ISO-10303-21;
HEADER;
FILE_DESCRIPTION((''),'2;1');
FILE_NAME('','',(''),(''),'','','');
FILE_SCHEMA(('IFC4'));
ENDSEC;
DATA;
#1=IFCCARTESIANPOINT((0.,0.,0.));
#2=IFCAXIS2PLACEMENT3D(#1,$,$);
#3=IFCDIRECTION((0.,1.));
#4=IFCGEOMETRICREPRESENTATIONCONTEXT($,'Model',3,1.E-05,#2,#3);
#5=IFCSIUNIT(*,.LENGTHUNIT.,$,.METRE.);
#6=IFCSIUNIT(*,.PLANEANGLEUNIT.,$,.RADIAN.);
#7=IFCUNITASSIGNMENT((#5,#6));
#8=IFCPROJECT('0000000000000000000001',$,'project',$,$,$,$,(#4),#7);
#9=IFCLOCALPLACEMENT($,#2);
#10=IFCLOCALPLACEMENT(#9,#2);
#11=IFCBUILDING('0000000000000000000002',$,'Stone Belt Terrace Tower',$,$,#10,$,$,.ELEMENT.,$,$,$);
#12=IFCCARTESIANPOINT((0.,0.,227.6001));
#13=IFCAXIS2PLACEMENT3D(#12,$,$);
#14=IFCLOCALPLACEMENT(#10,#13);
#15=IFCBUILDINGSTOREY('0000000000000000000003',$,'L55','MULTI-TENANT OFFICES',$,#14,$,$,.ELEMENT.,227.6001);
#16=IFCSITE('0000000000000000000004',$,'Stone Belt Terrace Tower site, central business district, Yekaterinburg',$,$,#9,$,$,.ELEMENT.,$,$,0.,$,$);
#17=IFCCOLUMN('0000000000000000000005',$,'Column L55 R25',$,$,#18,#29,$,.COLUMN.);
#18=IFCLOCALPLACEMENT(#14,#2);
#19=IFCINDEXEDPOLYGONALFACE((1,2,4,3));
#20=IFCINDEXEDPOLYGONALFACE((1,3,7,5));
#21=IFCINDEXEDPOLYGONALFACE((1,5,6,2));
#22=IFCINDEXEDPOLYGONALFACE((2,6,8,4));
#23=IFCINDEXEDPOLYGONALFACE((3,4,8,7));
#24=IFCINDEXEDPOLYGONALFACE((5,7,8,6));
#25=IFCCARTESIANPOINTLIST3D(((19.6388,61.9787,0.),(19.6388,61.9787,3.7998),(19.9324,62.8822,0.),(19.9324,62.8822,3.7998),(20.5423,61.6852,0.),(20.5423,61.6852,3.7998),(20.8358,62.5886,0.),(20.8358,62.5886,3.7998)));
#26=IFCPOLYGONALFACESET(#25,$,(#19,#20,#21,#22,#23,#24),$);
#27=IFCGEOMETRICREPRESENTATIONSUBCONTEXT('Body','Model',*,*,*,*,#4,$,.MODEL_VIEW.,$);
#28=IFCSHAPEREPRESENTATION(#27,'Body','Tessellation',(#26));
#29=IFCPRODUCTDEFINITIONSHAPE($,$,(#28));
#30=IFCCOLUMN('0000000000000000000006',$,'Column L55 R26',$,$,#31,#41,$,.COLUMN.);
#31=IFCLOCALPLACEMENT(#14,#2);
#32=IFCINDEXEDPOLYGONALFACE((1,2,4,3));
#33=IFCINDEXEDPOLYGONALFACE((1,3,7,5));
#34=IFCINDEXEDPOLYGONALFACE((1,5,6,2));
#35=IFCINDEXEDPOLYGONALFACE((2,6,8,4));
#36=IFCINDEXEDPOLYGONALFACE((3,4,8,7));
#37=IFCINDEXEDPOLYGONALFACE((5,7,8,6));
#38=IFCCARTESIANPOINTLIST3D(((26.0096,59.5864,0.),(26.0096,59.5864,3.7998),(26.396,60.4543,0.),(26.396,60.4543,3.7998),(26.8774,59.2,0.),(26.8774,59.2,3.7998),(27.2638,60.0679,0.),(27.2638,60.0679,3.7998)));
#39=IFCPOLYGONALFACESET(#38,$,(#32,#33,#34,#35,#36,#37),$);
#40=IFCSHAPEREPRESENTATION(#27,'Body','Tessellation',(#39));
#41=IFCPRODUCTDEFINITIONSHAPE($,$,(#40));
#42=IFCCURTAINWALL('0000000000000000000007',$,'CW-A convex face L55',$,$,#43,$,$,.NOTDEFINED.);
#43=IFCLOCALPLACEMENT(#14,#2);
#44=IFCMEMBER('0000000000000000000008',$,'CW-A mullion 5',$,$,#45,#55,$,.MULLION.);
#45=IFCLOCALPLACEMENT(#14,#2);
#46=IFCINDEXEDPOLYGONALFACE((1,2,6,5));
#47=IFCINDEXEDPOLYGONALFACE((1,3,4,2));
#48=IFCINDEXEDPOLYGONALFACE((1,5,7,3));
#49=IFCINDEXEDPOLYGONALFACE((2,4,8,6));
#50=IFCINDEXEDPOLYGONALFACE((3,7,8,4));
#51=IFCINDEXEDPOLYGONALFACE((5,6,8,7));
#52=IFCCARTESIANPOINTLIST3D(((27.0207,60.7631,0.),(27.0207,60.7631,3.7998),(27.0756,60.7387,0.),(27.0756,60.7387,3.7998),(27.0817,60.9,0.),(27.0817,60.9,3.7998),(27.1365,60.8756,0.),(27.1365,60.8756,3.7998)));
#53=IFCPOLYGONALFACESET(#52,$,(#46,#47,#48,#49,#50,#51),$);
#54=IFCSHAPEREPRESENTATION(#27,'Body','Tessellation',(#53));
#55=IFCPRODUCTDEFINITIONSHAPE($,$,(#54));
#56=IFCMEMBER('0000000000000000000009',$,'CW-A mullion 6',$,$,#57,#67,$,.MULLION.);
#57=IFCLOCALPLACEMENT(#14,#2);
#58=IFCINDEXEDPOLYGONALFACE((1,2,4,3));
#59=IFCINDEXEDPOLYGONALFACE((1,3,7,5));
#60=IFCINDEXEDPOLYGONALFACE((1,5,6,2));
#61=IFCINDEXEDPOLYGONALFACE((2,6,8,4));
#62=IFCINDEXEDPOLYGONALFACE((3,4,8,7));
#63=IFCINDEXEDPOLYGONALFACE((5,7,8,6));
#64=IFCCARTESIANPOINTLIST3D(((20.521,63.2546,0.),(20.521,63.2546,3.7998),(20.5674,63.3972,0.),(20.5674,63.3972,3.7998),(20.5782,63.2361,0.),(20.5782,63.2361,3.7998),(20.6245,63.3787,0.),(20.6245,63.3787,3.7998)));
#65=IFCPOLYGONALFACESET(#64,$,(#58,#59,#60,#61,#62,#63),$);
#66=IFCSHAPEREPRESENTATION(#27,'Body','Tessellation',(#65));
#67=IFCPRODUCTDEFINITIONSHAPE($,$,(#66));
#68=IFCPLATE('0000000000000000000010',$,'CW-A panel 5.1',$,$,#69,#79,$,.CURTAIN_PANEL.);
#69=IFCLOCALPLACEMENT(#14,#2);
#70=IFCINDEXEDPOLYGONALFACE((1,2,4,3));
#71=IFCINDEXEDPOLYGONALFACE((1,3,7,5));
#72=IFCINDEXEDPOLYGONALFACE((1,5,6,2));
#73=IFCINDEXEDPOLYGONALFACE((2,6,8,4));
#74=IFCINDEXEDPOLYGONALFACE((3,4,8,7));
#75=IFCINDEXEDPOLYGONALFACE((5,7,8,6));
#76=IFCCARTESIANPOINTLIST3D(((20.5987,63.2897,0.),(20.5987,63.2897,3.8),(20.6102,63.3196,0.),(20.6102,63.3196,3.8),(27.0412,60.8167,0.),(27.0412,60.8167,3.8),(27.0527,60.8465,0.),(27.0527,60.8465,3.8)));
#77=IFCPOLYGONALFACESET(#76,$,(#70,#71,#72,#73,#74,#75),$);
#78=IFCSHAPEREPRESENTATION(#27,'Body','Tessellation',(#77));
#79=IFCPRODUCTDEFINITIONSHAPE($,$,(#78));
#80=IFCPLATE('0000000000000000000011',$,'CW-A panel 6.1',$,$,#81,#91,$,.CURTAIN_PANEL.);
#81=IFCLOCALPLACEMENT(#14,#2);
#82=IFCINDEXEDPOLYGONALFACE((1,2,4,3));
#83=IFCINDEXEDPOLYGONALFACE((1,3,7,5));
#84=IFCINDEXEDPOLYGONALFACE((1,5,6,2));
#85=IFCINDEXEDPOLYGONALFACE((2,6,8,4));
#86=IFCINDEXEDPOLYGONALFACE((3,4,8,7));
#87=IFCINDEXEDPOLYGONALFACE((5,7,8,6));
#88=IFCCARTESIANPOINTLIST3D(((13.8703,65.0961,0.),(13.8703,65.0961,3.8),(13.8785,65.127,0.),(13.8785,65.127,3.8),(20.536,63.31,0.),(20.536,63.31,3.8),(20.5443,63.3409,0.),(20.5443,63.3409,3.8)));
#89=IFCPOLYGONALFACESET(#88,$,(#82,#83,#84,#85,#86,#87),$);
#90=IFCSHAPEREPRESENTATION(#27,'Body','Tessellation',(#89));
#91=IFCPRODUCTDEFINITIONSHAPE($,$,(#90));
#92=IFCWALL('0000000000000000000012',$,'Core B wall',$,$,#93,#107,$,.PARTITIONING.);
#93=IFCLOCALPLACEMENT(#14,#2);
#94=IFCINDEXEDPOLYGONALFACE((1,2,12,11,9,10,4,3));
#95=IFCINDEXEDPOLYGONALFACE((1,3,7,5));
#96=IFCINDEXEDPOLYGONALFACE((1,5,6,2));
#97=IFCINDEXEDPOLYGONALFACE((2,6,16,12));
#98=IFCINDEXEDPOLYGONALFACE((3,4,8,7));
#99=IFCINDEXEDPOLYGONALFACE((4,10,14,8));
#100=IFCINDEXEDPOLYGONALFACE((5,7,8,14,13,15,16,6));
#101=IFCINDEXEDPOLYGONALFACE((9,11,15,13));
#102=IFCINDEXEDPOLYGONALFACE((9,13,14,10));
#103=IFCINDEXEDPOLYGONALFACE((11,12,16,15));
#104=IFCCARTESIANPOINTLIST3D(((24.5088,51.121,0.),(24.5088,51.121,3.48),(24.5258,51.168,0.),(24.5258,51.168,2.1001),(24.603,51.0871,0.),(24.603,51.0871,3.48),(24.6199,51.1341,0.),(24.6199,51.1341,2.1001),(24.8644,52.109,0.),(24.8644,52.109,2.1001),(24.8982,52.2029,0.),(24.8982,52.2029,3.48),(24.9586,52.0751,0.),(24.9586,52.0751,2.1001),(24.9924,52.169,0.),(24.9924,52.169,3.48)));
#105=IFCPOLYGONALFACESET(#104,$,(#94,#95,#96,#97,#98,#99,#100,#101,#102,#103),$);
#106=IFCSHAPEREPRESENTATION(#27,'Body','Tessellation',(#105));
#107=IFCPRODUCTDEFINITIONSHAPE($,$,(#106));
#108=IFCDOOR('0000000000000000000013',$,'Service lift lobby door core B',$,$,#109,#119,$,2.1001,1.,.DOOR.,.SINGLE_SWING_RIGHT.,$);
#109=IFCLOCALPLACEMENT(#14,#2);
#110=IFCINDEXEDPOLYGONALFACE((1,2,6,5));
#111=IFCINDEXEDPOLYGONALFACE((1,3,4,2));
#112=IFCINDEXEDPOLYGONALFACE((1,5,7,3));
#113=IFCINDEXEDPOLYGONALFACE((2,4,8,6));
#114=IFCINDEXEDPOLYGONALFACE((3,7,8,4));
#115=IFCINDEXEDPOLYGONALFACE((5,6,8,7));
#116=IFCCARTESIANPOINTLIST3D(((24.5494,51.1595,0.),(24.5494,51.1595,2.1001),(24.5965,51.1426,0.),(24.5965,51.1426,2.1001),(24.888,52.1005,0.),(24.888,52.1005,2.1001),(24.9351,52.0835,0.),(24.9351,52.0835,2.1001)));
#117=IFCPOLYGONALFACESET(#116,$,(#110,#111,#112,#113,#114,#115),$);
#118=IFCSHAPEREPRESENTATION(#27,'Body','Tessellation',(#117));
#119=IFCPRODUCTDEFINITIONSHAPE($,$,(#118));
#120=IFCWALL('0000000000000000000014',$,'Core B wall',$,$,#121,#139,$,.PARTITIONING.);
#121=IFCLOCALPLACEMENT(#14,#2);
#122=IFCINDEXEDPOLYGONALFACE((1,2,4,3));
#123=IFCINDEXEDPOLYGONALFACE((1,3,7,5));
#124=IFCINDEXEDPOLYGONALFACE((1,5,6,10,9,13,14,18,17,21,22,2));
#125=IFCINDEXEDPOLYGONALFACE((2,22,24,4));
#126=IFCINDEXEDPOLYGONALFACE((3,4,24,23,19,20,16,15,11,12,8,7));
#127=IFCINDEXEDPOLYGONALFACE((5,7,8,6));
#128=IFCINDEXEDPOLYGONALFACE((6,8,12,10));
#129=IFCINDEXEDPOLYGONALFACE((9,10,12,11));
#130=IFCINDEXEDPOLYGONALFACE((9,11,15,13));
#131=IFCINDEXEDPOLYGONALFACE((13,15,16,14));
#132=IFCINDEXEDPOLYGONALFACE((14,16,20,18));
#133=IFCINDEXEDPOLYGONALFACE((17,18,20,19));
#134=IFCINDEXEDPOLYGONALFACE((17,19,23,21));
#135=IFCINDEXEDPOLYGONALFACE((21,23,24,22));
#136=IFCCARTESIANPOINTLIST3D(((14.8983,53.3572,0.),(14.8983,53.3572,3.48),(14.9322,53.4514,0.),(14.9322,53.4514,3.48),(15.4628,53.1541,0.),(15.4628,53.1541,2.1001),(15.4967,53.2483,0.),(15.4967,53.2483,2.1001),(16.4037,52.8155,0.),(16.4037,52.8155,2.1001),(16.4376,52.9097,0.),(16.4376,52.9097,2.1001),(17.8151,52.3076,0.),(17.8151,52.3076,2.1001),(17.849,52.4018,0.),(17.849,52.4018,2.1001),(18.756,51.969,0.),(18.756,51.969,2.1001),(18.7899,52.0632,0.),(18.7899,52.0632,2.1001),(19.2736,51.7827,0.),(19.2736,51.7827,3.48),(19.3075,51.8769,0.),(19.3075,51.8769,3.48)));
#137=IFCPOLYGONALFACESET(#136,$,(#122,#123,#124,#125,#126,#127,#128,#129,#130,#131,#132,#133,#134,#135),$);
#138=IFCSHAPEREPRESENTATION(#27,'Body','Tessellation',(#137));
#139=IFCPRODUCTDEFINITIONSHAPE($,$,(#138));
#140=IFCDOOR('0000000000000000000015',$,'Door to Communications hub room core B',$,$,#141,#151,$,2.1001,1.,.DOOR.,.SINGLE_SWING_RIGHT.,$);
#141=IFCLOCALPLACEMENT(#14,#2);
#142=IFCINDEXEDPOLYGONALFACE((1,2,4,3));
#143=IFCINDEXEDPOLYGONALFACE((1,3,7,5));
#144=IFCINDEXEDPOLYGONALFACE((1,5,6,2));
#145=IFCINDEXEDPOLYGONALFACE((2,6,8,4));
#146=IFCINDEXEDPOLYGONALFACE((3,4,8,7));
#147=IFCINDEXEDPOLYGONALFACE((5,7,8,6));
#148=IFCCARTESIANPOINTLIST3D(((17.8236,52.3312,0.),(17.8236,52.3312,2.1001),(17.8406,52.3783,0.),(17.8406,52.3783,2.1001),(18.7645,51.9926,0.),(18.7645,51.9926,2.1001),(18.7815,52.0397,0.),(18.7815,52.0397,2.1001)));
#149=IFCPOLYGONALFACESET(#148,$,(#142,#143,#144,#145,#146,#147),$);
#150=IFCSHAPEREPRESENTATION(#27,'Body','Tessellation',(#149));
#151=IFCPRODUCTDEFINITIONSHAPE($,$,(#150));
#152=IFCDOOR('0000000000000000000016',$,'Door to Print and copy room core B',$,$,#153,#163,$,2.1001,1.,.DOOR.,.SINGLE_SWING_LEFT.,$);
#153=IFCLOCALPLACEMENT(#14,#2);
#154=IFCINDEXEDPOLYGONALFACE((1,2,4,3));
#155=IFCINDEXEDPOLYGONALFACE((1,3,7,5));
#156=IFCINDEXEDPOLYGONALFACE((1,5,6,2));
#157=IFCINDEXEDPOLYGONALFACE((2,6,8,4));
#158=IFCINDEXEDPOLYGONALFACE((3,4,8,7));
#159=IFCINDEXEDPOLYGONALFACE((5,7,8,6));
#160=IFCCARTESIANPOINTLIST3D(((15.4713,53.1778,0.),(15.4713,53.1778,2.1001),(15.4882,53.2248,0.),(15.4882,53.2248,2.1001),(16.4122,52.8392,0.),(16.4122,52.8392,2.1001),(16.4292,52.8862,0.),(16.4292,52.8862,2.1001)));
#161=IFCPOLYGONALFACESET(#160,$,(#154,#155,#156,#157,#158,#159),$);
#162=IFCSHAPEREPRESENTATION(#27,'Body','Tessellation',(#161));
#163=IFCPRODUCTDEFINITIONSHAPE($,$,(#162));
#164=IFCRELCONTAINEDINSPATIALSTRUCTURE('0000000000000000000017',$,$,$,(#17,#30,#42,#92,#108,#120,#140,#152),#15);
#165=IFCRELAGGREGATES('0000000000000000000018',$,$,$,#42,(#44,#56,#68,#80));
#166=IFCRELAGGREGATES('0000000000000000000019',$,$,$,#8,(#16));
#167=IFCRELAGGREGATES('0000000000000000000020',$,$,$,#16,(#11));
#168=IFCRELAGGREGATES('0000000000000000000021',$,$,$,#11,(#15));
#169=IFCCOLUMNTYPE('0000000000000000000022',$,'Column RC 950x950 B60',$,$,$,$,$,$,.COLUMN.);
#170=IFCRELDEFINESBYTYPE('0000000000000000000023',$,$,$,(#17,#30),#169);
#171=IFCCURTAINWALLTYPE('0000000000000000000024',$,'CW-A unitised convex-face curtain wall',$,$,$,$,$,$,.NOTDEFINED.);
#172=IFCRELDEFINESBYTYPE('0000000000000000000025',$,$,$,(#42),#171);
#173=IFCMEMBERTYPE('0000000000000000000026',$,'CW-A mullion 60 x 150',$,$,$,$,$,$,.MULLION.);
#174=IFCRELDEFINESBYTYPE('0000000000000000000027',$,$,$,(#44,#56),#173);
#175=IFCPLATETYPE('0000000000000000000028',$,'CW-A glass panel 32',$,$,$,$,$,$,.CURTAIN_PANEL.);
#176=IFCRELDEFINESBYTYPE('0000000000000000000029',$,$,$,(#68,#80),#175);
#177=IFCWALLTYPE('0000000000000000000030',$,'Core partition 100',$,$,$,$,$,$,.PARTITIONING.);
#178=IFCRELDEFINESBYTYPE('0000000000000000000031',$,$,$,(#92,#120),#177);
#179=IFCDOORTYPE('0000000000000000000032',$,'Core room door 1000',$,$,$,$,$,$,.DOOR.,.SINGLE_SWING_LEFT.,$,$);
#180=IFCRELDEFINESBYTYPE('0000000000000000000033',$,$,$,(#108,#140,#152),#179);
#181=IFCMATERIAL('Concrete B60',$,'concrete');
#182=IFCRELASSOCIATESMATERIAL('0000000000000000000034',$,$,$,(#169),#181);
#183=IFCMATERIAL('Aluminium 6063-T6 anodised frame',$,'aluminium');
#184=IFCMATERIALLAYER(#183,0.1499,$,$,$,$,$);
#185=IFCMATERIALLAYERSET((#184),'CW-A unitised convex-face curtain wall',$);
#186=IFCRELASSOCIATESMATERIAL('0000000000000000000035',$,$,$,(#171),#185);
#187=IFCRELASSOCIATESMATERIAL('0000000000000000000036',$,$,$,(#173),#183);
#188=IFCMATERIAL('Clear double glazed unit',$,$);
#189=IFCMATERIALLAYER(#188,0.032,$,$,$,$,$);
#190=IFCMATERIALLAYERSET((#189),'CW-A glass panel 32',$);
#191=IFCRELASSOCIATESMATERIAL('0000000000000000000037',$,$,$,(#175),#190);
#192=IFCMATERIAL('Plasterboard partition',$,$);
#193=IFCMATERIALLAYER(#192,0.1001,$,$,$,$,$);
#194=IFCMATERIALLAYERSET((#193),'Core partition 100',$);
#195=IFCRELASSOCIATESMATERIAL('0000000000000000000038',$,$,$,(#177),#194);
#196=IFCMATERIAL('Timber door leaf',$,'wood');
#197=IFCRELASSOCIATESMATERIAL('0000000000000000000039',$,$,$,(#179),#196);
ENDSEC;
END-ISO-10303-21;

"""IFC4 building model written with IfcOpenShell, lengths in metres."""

from ifc_helpers import new_model, si_unit, direction, frame, frame_2d, origin, origin_2d, place, context, subcontext, project, spatial, rectangle, extrude, material, layer, layer_set, material_profile, profile_set, type_object, element, fill, aggregate, save


model = new_model("IFC4")

# Units and contexts
model_context = context("Model", 3, precision=1e-05, world=origin(), true_north=direction((0.0, 1.0)))
body_context = subcontext(model_context, "Body", "Model", "MODEL_VIEW")
ifc_project = project(units=[si_unit("LENGTHUNIT", "METRE"), si_unit("PLANEANGLEUNIT", "RADIAN")], contexts=[model_context])

# Site, building, storey
site_placement = place(None, origin())
site = spatial("IfcSite", under=ifc_project, at=site_placement, Name="Stone Belt Terrace Tower site, central business district, Yekaterinburg", CompositionType="ELEMENT", RefElevation=0.0)
building_placement = place(site_placement, origin())
building = spatial("IfcBuilding", under=site, at=building_placement, Name="Stone Belt Terrace Tower", CompositionType="ELEMENT")
storey_placement = place(building_placement, frame((0.0, 0.0, 227.6001)))
storey = spatial("IfcBuildingStorey", under=building, at=storey_placement, Name="L55", Description="MULTI-TENANT OFFICES", CompositionType="ELEMENT", Elevation=227.6001)

# Columns
ifc_material_1 = material(Name="Concrete B60", Category="concrete")
ifc_material_profile_1 = material_profile(ifc_material_1, rectangle(XDim=0.95, YDim=0.95, at=origin_2d()), Name="RC 950x950")
ifc_profile_set_1 = profile_set([ifc_material_profile_1], Name="Concrete B60")
column_type = type_object("IfcColumnType", Name="Column RC 950x950 B60", PredefinedType="COLUMN", material=ifc_profile_set_1)
for number, where, z_axis, x_axis, name in (
    (1, (20.2373, 62.2837, 0.0), (0.0, 0.0, 1.0), (0.951057, -0.309017, 0.0), "Column L55 R25"),
    (2, (26.6367, 59.8271, 0.0), (0.0, 0.0, 1.0), (0.913545, -0.406737, 0.0), "Column L55 R26"),
):
    element("IfcColumn", number, at=place(storey_placement, frame(where, z_axis=z_axis, x_axis=x_axis)), inside=storey, type_object=column_type, Name=name, PredefinedType="COLUMN", context=body_context, shape_type="SweptSolid", body=[
        extrude(rectangle(XDim=0.95, YDim=0.95, at=origin_2d()), origin(), (0.0, 0.0, 1.0), 3.7998),
    ])

# Curtain wall, members, plates
ifc_material_2 = material(Name="Aluminium 6063-T6 anodised frame", Category="aluminium")
ifc_layer_1 = layer(ifc_material_2, 0.1499)
ifc_layer_set_1 = layer_set([ifc_layer_1], Name="CW-A unitised convex-face curtain wall")
curtain_wall_type = type_object("IfcCurtainWallType", Name="CW-A unitised convex-face curtain wall", PredefinedType="NOTDEFINED", material=ifc_layer_set_1)
curtain_wall_placement = place(storey_placement, origin())
curtain_wall = element("IfcCurtainWall", 3, at=curtain_wall_placement, inside=storey, type_object=curtain_wall_type, Name="CW-A convex face L55", PredefinedType="NOTDEFINED")
ifc_material_profile_2 = material_profile(ifc_material_2, rectangle(XDim=0.1499, YDim=0.0601, at=origin_2d()), Name="Aluminium 6063-T6 60x150")
ifc_profile_set_2 = profile_set([ifc_material_profile_2], Name="Aluminium 6063-T6 anodised frame")
member_type = type_object("IfcMemberType", Name="CW-A mullion 60 x 150", PredefinedType="MULLION", material=ifc_profile_set_2)
member_1_placement = place(storey_placement, frame((27.0786, 60.8193, 0.0), z_axis=(0.0, 0.0, 1.0), x_axis=(-0.406737, -0.913545, 0.0)))
member_1 = element("IfcMember", 4, at=member_1_placement, type_object=member_type, Name="CW-A mullion 5", PredefinedType="MULLION", context=body_context, shape_type="SweptSolid", body=[
    extrude(rectangle(XDim=0.1499, YDim=0.0601, at=origin_2d()), origin(), (0.0, 0.0, 1.0), 3.7998),
])
member_2_placement = place(storey_placement, frame((20.5728, 63.3167, 0.0), z_axis=(0.0, 0.0, 1.0), x_axis=(-0.309017, -0.951057, 0.0)))
member_2 = element("IfcMember", 5, at=member_2_placement, type_object=member_type, Name="CW-A mullion 6", PredefinedType="MULLION", context=body_context, shape_type="SweptSolid", body=[
    extrude(rectangle(XDim=0.1499, YDim=0.0601, at=origin_2d()), origin(), (0.0, 0.0, 1.0), 3.7998),
])
ifc_material_3 = material(Name="Clear double glazed unit")
ifc_layer_2 = layer(ifc_material_3, 0.032)
ifc_layer_set_2 = layer_set([ifc_layer_2], Name="CW-A glass panel 32")
plate_type = type_object("IfcPlateType", Name="CW-A glass panel 32", PredefinedType="CURTAIN_PANEL", material=ifc_layer_set_2)
plate_1_placement = place(storey_placement, frame((23.8257, 62.0681, 0.0), z_axis=(0.0, 0.0, 1.0), x_axis=(-0.93358, 0.358368, 0.0)))
plate_1 = element("IfcPlate", 6, at=plate_1_placement, type_object=plate_type, Name="CW-A panel 5.1", PredefinedType="CURTAIN_PANEL", context=body_context, shape_type="SweptSolid", body=[
    extrude(rectangle(XDim=6.9009, YDim=0.032, at=origin_2d()), origin(), (0.0, 0.0, 1.0), 3.8),
])
plate_2_placement = place(storey_placement, frame((17.2073, 64.2185, 0.0), z_axis=(0.0, 0.0, 1.0), x_axis=(-0.965926, 0.258819, 0.0)))
plate_2 = element("IfcPlate", 7, at=plate_2_placement, type_object=plate_type, Name="CW-A panel 6.1", PredefinedType="CURTAIN_PANEL", context=body_context, shape_type="SweptSolid", body=[
    extrude(rectangle(XDim=6.9009, YDim=0.032, at=origin_2d()), origin(), (0.0, 0.0, 1.0), 3.8),
])
aggregate(curtain_wall, [member_1, member_2, plate_1, plate_2])

# Wall, opening, door
ifc_material_4 = material(Name="Plasterboard partition")
ifc_layer_3 = layer(ifc_material_4, 0.1001)
ifc_layer_set_3 = layer_set([ifc_layer_3], Name="Core partition 100")
wall_type_1 = type_object("IfcWallType", Name="Core partition 100", PredefinedType="PARTITIONING", material=ifc_layer_set_3)
wall_1_placement = place(storey_placement, frame((24.5559, 51.104, 0.0), z_axis=(0.0, 0.0, 1.0), x_axis=(0.338622, 0.940923, 0.0)))
wall_1 = element("IfcWall", 8, at=wall_1_placement, inside=storey, type_object=wall_type_1, Name="Core B wall", PredefinedType="PARTITIONING", context=body_context, shape_type="SweptSolid", body=[
    extrude(rectangle(XDim=1.1499, YDim=0.1001, at=frame_2d((0.575, 0.0))), origin(), (0.0, 0.0, 1.0), 3.48),
])
opening_1_placement = place(wall_1_placement, frame((0.05, 0.0, 0.0)))
opening_1 = element("IfcOpeningElement", 9, at=opening_1_placement, cuts=wall_1, PredefinedType="OPENING", context=body_context, shape_type="SweptSolid", body=[
    extrude(rectangle(XDim=1.0, YDim=2.1001, at=frame_2d((0.5, 1.05))), frame((0.0, 0.0601, 0.0), z_axis=(0.0, -1.0, 0.0), x_axis=(1.0, 0.0, 0.0)), (0.0, 0.0, 1.0), 0.1201),
])
ifc_material_5 = material(Name="Timber door leaf", Category="wood")
door_type_1 = type_object("IfcDoorType", Name="Core room door 1000", OperationType="SINGLE_SWING_LEFT", PredefinedType="DOOR", material=ifc_material_5)
door_1_placement = place(opening_1_placement, origin())
door_1 = element("IfcDoor", 10, at=door_1_placement, inside=storey, type_object=door_type_1, Name="Service lift lobby door core B", OperationType="SINGLE_SWING_RIGHT", OverallHeight=2.1001, OverallWidth=1.0, PredefinedType="DOOR", context=body_context, shape_type="SweptSolid", body=[
    extrude(rectangle(XDim=1.0, YDim=2.1001, at=frame_2d((0.5, 1.05))), frame((0.0, 0.0249, 0.0), z_axis=(0.0, -1.0, 0.0), x_axis=(1.0, 0.0, 0.0)), (0.0, 0.0, 1.0), 0.05),
])
fill(opening_1, door_1)

# Wall, openings, doors
wall_2_placement = place(storey_placement, frame((19.2905, 51.8298, 0.0), z_axis=(0.0, 0.0, 1.0), x_axis=(-0.94093, 0.3386, 0.0)))
wall_2 = element("IfcWall", 11, at=wall_2_placement, inside=storey, type_object=wall_type_1, Name="Core B wall", PredefinedType="PARTITIONING", context=body_context, shape_type="SweptSolid", body=[
    extrude(rectangle(XDim=4.6499, YDim=0.1001, at=frame_2d((2.325, 0.0))), origin(), (0.0, 0.0, 1.0), 3.48),
])
opening_2_placement = place(wall_2_placement, frame((0.55, 0.0, 0.0)))
opening_2 = element("IfcOpeningElement", 12, at=opening_2_placement, cuts=wall_2, PredefinedType="OPENING", context=body_context, shape_type="SweptSolid", body=[
    extrude(rectangle(XDim=1.0, YDim=2.1001, at=frame_2d((0.5, 1.05))), frame((0.0, 0.0601, 0.0), z_axis=(0.0, -1.0, 0.0), x_axis=(1.0, 0.0, 0.0)), (0.0, 0.0, 1.0), 0.1201),
])
opening_3_placement = place(wall_2_placement, frame((3.05, 0.0, 0.0)))
opening_3 = element("IfcOpeningElement", 13, at=opening_3_placement, cuts=wall_2, PredefinedType="OPENING", context=body_context, shape_type="SweptSolid", body=[
    extrude(rectangle(XDim=1.0, YDim=2.1001, at=frame_2d((0.5, 1.05))), frame((0.0, 0.0601, 0.0), z_axis=(0.0, -1.0, 0.0), x_axis=(1.0, 0.0, 0.0)), (0.0, 0.0, 1.0), 0.1201),
])
door_2_placement = place(opening_2_placement, origin())
door_2 = element("IfcDoor", 14, at=door_2_placement, inside=storey, type_object=door_type_1, Name="Door to Communications hub room core B", OperationType="SINGLE_SWING_RIGHT", OverallHeight=2.1001, OverallWidth=1.0, PredefinedType="DOOR", context=body_context, shape_type="SweptSolid", body=[
    extrude(rectangle(XDim=1.0, YDim=2.1001, at=frame_2d((0.5, 1.05))), frame((0.0, 0.0249, 0.0), z_axis=(0.0, -1.0, 0.0), x_axis=(1.0, 0.0, 0.0)), (0.0, 0.0, 1.0), 0.05),
])
fill(opening_2, door_2)
door_3_placement = place(opening_3_placement, origin())
door_3 = element("IfcDoor", 15, at=door_3_placement, inside=storey, type_object=door_type_1, Name="Door to Print and copy room core B", OperationType="SINGLE_SWING_LEFT", OverallHeight=2.1001, OverallWidth=1.0, PredefinedType="DOOR", context=body_context, shape_type="SweptSolid", body=[
    extrude(rectangle(XDim=1.0, YDim=2.1001, at=frame_2d((0.5, 1.05))), frame((0.0, 0.0249, 0.0), z_axis=(0.0, -1.0, 0.0), x_axis=(1.0, 0.0, 0.0)), (0.0, 0.0, 1.0), 0.05),
])
fill(opening_3, door_3)

save(model, "model.ifc")
